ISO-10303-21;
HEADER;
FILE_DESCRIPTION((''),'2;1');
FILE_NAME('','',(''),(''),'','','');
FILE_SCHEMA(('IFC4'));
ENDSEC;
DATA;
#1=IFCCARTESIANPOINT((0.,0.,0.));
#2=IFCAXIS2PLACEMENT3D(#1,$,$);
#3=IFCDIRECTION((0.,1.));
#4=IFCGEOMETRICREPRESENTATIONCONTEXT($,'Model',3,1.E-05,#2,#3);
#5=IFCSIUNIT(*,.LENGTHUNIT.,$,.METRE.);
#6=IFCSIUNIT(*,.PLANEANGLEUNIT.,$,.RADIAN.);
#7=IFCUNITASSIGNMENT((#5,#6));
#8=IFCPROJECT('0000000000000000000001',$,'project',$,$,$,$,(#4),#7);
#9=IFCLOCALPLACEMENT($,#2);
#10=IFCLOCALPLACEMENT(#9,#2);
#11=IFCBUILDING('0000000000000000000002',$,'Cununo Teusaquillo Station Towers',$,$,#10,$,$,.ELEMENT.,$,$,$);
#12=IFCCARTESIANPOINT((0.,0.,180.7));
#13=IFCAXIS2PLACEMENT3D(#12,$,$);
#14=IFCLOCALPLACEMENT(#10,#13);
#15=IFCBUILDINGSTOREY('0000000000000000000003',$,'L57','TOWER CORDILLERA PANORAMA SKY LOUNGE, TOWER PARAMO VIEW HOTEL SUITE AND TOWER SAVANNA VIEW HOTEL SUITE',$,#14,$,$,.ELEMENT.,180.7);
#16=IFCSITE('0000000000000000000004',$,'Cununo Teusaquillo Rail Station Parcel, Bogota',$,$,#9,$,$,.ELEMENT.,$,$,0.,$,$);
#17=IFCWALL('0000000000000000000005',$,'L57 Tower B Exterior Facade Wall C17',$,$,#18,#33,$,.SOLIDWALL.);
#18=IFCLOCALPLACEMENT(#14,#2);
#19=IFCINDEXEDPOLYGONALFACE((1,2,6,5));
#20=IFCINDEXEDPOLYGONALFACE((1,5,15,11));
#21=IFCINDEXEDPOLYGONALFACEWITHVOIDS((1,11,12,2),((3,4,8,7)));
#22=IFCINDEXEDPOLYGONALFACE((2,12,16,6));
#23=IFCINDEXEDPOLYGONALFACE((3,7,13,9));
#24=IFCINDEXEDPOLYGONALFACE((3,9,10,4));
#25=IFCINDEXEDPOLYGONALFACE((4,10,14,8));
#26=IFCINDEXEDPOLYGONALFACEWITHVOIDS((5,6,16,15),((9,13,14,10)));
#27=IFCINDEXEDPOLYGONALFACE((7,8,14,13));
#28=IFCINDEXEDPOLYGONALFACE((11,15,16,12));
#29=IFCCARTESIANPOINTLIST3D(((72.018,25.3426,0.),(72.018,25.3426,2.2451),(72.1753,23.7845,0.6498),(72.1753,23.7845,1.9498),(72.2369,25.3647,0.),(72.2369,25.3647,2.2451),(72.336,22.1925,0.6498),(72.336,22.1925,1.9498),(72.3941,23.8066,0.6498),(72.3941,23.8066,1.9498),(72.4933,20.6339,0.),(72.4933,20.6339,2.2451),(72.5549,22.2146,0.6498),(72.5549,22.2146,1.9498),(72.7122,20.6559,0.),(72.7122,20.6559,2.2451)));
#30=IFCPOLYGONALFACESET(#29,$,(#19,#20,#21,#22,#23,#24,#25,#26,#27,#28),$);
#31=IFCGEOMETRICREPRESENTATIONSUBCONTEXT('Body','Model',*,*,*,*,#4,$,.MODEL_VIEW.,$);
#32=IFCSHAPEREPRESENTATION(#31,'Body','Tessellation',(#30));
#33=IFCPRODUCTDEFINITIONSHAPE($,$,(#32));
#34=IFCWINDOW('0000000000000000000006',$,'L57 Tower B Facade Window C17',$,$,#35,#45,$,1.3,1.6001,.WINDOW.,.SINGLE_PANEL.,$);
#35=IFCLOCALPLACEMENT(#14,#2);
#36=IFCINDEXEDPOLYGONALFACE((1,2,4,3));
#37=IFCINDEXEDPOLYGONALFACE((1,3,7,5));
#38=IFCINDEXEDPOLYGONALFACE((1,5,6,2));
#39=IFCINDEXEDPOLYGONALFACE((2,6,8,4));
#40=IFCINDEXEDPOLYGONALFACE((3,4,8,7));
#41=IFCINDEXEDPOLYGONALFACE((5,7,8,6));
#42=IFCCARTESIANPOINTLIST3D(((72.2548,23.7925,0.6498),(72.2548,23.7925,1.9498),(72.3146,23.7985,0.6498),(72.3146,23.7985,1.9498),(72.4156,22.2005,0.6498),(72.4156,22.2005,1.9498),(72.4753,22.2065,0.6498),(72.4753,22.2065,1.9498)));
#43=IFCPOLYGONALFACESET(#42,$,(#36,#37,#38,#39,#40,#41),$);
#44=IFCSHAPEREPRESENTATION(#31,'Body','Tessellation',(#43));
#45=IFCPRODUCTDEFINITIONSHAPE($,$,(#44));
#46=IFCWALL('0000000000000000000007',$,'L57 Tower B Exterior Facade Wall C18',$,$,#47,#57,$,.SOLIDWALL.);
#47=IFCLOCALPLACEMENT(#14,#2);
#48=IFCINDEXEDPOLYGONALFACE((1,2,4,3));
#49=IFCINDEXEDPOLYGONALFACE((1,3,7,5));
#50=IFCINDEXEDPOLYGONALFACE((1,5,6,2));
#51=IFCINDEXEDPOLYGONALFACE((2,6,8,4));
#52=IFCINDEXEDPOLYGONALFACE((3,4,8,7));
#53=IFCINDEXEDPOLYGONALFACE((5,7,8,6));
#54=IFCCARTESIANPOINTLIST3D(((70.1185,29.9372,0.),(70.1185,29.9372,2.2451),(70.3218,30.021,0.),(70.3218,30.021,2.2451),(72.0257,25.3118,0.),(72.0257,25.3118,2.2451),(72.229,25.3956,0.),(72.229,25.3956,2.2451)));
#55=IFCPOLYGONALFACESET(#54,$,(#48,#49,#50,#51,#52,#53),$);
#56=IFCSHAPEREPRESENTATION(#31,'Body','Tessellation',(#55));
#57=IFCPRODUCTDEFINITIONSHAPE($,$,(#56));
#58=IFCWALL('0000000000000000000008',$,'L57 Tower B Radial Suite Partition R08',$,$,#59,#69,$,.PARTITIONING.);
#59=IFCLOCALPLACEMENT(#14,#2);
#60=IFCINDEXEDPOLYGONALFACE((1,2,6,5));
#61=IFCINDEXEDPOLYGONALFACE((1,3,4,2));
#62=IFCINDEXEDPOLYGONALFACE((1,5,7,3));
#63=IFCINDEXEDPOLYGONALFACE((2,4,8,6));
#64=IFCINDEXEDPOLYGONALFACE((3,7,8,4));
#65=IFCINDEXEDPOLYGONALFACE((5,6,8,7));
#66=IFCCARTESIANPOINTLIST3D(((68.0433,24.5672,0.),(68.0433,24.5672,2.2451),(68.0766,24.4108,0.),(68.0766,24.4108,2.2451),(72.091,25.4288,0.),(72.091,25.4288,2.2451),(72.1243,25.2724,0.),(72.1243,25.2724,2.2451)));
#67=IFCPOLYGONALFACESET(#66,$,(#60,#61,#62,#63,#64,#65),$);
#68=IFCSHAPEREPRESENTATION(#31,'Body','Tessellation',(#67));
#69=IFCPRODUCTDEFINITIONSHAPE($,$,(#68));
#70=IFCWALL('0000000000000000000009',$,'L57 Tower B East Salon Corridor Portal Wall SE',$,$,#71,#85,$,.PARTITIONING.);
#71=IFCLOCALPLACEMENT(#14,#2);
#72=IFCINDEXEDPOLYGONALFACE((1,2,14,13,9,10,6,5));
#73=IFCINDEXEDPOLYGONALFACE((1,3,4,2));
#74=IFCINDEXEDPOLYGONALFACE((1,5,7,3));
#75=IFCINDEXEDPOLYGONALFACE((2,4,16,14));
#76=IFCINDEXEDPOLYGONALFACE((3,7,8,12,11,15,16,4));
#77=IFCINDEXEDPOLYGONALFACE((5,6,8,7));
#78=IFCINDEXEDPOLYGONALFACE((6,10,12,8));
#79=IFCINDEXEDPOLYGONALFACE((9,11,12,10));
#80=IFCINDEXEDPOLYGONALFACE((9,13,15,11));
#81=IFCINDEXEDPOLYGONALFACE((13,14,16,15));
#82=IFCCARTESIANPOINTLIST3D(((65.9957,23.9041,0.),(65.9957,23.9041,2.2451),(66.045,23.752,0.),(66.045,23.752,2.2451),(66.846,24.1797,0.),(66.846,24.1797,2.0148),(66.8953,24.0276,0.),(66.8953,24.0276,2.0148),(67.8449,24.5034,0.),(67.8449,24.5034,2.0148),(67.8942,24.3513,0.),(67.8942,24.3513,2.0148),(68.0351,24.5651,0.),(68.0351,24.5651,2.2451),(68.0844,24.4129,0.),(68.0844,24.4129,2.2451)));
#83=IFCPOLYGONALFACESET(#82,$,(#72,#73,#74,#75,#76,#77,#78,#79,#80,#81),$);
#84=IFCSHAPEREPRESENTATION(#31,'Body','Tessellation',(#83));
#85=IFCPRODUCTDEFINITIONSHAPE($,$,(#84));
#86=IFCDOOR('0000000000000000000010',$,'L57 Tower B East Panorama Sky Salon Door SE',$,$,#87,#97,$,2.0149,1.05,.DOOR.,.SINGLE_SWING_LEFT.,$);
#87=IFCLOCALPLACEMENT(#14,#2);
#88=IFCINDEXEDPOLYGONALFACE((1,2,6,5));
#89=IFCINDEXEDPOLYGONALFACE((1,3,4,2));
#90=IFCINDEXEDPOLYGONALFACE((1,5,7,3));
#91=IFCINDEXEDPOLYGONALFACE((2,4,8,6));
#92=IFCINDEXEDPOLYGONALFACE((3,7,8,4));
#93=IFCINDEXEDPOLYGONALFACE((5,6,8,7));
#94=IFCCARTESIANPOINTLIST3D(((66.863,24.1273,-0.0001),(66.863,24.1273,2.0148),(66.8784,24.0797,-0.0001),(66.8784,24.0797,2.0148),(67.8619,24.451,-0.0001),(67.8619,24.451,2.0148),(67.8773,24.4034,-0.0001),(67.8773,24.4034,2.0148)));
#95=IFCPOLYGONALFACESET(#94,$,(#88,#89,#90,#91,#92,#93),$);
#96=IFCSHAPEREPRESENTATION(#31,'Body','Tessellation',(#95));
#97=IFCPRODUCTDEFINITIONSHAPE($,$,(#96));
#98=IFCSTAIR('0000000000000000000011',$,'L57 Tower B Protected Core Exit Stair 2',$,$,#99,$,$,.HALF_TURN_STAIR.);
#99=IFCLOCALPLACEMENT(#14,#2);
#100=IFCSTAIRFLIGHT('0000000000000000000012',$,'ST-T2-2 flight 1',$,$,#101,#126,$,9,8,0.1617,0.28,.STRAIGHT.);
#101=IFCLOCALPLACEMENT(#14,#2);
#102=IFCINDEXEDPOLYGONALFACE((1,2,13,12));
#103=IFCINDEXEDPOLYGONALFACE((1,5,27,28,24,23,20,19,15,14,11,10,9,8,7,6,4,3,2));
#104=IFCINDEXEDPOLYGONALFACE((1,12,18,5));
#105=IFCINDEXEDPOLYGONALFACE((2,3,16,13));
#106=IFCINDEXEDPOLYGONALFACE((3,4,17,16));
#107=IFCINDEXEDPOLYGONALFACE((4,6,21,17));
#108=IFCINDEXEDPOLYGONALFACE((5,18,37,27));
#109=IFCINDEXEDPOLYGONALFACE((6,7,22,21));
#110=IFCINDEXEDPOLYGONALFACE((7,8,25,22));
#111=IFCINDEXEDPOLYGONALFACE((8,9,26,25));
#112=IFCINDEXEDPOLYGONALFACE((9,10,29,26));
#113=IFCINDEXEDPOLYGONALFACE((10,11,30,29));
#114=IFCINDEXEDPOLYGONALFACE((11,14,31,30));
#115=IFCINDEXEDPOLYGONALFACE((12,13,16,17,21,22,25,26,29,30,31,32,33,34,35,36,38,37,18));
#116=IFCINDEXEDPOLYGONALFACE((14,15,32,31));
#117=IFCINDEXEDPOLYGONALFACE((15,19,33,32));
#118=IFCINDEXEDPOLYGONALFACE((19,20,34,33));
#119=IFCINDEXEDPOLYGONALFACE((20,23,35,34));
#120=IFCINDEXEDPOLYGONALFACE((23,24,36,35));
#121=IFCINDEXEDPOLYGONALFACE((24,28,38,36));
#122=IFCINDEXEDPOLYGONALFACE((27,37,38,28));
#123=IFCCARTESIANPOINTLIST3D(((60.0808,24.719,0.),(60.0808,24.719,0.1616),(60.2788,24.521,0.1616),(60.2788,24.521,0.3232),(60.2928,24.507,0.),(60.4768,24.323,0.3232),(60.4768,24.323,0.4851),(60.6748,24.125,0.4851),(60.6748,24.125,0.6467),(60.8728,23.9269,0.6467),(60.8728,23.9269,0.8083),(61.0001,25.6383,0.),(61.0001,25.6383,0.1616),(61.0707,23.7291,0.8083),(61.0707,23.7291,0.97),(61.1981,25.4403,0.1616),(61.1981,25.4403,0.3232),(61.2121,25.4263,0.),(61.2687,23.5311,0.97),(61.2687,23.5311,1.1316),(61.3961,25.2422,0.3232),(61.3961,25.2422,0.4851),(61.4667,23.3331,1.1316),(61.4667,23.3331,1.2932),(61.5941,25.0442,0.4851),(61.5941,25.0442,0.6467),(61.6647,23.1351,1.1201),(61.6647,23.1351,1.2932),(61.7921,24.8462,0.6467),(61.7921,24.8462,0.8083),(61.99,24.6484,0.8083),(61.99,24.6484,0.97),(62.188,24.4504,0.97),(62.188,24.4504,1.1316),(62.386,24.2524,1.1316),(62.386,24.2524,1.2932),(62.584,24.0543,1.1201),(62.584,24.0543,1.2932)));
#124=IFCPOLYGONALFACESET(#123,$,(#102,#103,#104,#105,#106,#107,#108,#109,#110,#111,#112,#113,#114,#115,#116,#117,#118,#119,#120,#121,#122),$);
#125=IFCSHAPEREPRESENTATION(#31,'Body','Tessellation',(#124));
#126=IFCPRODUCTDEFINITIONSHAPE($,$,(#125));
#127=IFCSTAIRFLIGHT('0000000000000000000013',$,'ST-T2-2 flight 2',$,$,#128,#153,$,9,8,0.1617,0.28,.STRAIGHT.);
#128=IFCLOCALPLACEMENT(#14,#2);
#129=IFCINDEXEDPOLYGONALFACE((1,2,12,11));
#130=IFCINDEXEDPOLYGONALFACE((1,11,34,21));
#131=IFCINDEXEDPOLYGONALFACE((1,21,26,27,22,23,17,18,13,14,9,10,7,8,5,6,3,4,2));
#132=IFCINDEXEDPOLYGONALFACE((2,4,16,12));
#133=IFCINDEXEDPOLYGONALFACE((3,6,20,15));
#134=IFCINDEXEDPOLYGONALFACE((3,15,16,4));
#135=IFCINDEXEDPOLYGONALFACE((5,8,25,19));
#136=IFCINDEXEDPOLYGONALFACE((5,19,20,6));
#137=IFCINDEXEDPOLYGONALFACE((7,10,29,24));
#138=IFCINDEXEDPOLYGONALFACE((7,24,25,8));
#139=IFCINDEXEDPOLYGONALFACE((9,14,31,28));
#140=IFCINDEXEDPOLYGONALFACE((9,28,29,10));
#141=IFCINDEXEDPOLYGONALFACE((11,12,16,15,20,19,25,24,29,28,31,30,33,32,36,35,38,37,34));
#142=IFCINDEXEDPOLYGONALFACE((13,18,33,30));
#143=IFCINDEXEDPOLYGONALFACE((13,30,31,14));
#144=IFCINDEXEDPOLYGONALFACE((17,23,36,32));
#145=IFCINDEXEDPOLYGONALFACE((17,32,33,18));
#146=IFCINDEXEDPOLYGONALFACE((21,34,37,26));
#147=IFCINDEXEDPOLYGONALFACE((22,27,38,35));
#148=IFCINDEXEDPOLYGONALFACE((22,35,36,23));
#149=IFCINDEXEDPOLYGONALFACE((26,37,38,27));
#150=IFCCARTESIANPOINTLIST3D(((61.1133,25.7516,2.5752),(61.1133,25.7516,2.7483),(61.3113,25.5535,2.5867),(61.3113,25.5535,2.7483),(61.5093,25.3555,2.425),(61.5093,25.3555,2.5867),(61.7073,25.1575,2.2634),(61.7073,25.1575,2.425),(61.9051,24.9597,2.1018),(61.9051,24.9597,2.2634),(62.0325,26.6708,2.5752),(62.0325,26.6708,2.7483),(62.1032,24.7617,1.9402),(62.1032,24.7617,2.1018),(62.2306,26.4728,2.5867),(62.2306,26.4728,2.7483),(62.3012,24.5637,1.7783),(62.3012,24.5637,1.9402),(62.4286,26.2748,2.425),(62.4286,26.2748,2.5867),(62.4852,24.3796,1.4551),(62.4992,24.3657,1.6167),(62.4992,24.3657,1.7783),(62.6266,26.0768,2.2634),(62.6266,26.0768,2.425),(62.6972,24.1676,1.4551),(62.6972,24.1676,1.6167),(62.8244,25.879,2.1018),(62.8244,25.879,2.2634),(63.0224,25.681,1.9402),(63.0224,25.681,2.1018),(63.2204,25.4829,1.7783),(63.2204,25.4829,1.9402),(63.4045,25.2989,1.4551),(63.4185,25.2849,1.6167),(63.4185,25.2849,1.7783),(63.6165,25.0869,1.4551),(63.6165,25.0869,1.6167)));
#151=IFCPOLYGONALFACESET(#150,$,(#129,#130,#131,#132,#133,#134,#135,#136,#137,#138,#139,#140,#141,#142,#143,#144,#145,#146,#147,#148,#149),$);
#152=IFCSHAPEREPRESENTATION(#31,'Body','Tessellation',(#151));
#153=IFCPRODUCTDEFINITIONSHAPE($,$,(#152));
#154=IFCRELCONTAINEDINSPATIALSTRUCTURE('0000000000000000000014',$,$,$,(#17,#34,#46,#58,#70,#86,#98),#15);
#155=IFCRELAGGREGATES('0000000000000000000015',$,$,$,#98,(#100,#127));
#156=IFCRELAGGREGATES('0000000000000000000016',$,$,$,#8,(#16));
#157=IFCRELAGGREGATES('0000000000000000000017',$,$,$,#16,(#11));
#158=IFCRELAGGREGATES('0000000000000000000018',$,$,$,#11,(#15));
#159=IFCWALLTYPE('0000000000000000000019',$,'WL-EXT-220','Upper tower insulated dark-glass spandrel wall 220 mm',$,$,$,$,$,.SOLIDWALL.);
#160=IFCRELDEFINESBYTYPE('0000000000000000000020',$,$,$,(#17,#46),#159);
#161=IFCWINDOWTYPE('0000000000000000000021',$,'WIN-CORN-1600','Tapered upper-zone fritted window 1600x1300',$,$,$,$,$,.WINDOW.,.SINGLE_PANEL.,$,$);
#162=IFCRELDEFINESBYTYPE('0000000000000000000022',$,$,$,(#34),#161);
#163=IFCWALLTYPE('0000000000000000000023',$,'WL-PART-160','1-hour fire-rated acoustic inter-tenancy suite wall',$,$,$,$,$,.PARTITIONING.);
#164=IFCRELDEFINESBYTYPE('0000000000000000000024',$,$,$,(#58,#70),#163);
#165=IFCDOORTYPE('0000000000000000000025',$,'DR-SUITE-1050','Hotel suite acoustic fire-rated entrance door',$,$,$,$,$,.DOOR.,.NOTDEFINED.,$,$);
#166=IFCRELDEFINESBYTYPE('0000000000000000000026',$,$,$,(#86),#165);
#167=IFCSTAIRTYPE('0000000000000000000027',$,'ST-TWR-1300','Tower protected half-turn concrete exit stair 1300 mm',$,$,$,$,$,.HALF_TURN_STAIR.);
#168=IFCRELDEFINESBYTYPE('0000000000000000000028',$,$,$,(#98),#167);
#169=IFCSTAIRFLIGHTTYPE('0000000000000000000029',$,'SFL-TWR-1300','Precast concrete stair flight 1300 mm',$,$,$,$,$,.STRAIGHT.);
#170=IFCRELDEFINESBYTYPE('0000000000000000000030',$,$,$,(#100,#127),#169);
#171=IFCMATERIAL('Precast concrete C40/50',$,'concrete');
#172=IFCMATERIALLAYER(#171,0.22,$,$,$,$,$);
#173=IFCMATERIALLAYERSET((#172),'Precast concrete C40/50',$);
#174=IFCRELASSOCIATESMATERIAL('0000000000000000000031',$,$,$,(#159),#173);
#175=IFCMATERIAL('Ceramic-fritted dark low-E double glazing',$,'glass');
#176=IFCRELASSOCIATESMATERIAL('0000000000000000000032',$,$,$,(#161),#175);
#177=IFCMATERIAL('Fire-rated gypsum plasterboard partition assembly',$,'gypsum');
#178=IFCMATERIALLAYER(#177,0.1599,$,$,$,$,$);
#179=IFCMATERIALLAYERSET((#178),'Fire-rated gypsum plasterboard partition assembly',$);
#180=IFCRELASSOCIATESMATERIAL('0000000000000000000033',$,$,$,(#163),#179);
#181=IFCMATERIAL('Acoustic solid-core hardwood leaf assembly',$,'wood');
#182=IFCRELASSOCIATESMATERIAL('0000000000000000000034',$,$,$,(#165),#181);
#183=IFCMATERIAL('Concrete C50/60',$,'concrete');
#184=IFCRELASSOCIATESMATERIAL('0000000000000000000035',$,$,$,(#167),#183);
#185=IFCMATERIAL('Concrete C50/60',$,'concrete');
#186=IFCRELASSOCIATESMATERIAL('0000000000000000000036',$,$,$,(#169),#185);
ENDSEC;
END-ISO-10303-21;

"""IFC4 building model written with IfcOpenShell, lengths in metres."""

from ifc_helpers import new_model, si_unit, direction, frame, frame_2d, origin, place, context, subcontext, project, spatial, polyline, rectangle, outline, extrude, source, transform, mapped, material, layer, layer_set, type_object, element, fill, aggregate, save


model = new_model("IFC4")

# Units and contexts
model_context = context("Model", 3, precision=1e-05, world=origin(), true_north=direction((0.0, 1.0)))
body_context = subcontext(model_context, "Body", "Model", "MODEL_VIEW")
ifc_project = project(units=[si_unit("LENGTHUNIT", "METRE"), si_unit("PLANEANGLEUNIT", "RADIAN")], contexts=[model_context])

# Site, building, storey
site_placement = place(None, origin())
site = spatial("IfcSite", under=ifc_project, at=site_placement, Name="Cununo Teusaquillo Rail Station Parcel, Bogota", CompositionType="ELEMENT", RefElevation=0.0)
building_placement = place(site_placement, origin())
building = spatial("IfcBuilding", under=site, at=building_placement, Name="Cununo Teusaquillo Station Towers", CompositionType="ELEMENT")
storey_placement = place(building_placement, frame((0.0, 0.0, 180.7)))
storey = spatial("IfcBuildingStorey", under=building, at=storey_placement, Name="L57", Description="TOWER CORDILLERA PANORAMA SKY LOUNGE, TOWER PARAMO VIEW HOTEL SUITE AND TOWER SAVANNA VIEW HOTEL SUITE", CompositionType="ELEMENT", Elevation=180.7)

# Wall, opening, window
ifc_material_1 = material(Name="Precast concrete C40/50", Category="concrete")
ifc_layer_1 = layer(ifc_material_1, 0.22)
ifc_layer_set_1 = layer_set([ifc_layer_1], Name="Precast concrete C40/50")
wall_type_1 = type_object("IfcWallType", Name="WL-EXT-220", Description="Upper tower insulated dark-glass spandrel wall 220 mm", PredefinedType="SOLIDWALL", material=ifc_layer_set_1)
wall_1_placement = place(storey_placement, frame((72.1274, 25.3535, 0.0), z_axis=(0.0, 0.0, 1.0), x_axis=(0.100438, -0.994943, 0.0)))
wall_1 = element("IfcWall", 1, at=wall_1_placement, inside=storey, type_object=wall_type_1, Name="L57 Tower B Exterior Facade Wall C17", PredefinedType="SOLIDWALL", context=body_context, shape_type="SweptSolid", body=[
    extrude(rectangle(XDim=4.7327, YDim=0.22, at=frame_2d((2.3662, 0.0))), origin(), (0.0, 0.0, 1.0), 2.2451),
])
shared_shape_1 = source(origin(), body_context, "Body", "SweptSolid", [
    extrude(rectangle(XDim=1.6001, YDim=1.3, at=frame_2d((0.8, 0.6499))), frame((0.0, 0.1199, 0.0), z_axis=(0.0, -1.0, 0.0), x_axis=(1.0, 0.0, 0.0)), (0.0, 0.0, 1.0), 0.24),
])
opening_1_placement = place(wall_1_placement, frame((1.5659, 0.0, 0.6499)))
opening_1 = element("IfcOpeningElement", 2, at=opening_1_placement, cuts=wall_1, PredefinedType="OPENING", context=body_context, shape_type="MappedRepresentation", body=[
    mapped(shared_shape_1, transform((0.0, 0.0, 0.0), x_axis=(1.0, 0.0, 0.0), y_axis=(0.0, 1.0, 0.0), z_axis=(0.0, 0.0, 1.0), scale=1.0)),
])
ifc_material_2 = material(Name="Ceramic-fritted dark low-E double glazing", Category="glass")
window_type = type_object("IfcWindowType", Name="WIN-CORN-1600", Description="Tapered upper-zone fritted window 1600x1300", PartitioningType="SINGLE_PANEL", PredefinedType="WINDOW", material=ifc_material_2)
shared_shape_2 = source(origin(), body_context, "Body", "SweptSolid", [
    extrude(rectangle(XDim=1.6001, YDim=1.3, at=frame_2d((0.8, 0.6499))), frame((0.0, 0.03, 0.0), z_axis=(0.0, -1.0, 0.0), x_axis=(1.0, 0.0, 0.0)), (0.0, 0.0, 1.0), 0.0601),
])
window_placement = place(opening_1_placement, origin())
window = element("IfcWindow", 3, at=window_placement, inside=storey, type_object=window_type, Name="L57 Tower B Facade Window C17", OverallHeight=1.3, OverallWidth=1.6001, PartitioningType="SINGLE_PANEL", PredefinedType="WINDOW", context=body_context, shape_type="MappedRepresentation", body=[
    mapped(shared_shape_2, transform((0.0, 0.0, 0.0), x_axis=(1.0, 0.0, 0.0), y_axis=(0.0, 1.0, 0.0), z_axis=(0.0, 0.0, 1.0), scale=1.0)),
])
fill(opening_1, window)

# Walls
wall_2_placement = place(storey_placement, frame((70.2202, 29.979, 0.0), z_axis=(0.0, 0.0, 1.0), x_axis=(0.381196, -0.924494, 0.0)))
element("IfcWall", 4, at=wall_2_placement, inside=storey, type_object=wall_type_1, Name="L57 Tower B Exterior Facade Wall C18", PredefinedType="SOLIDWALL", context=body_context, shape_type="SweptSolid", body=[
    extrude(rectangle(XDim=5.0032, YDim=0.22, at=frame_2d((2.5015, 0.0))), origin(), (0.0, 0.0, 1.0), 2.2451),
])
ifc_material_3 = material(Name="Fire-rated gypsum plasterboard partition assembly", Category="gypsum")
ifc_layer_2 = layer(ifc_material_3, 0.1599)
ifc_layer_set_2 = layer_set([ifc_layer_2], Name="Fire-rated gypsum plasterboard partition assembly")
wall_type_2 = type_object("IfcWallType", Name="WL-PART-160", Description="1-hour fire-rated acoustic inter-tenancy suite wall", PredefinedType="PARTITIONING", material=ifc_layer_set_2)
wall_3_placement = place(storey_placement, frame((68.0598, 24.489, 0.0), z_axis=(0.0, 0.0, 1.0), x_axis=(0.97809, 0.208183, 0.0)))
element("IfcWall", 5, at=wall_3_placement, inside=storey, type_object=wall_type_2, Name="L57 Tower B Radial Suite Partition R08", PredefinedType="PARTITIONING", context=body_context, shape_type="SweptSolid", body=[
    extrude(rectangle(XDim=4.1384, YDim=0.1599, at=frame_2d((2.0693, 0.0))), origin(), (0.0, 0.0, 1.0), 2.2451),
])

# Wall, opening, door
wall_4_placement = place(storey_placement, frame((66.0205, 23.8281, 0.0), z_axis=(0.0, 0.0, 1.0), x_axis=(0.951292, 0.30829, 0.0)))
wall_4 = element("IfcWall", 6, at=wall_4_placement, inside=storey, type_object=wall_type_2, Name="L57 Tower B East Salon Corridor Portal Wall SE", PredefinedType="PARTITIONING", context=body_context, shape_type="SweptSolid", body=[
    extrude(rectangle(XDim=2.1438, YDim=0.1599, at=frame_2d((1.0718, 0.0))), origin(), (0.0, 0.0, 1.0), 2.2451),
])
shared_shape_3 = source(origin(), body_context, "Body", "SweptSolid", [
    extrude(rectangle(XDim=1.05, YDim=2.0149, at=frame_2d((0.5249, 1.0073))), frame((0.0, 0.0898, 0.0), z_axis=(0.0, -1.0, 0.0), x_axis=(1.0, 0.0, 0.0)), (0.0, 0.0, 1.0), 0.1799),
])
opening_2_placement = place(wall_4_placement, frame((0.8938, 0.0, 0.0)))
opening_2 = element("IfcOpeningElement", 7, at=opening_2_placement, cuts=wall_4, PredefinedType="OPENING", context=body_context, shape_type="MappedRepresentation", body=[
    mapped(shared_shape_3, transform((0.0, 0.0, 0.0), x_axis=(1.0, 0.0, 0.0), y_axis=(0.0, 1.0, 0.0), z_axis=(0.0, 0.0, 1.0), scale=1.0)),
])
ifc_material_4 = material(Name="Acoustic solid-core hardwood leaf assembly", Category="wood")
door_type = type_object("IfcDoorType", Name="DR-SUITE-1050", Description="Hotel suite acoustic fire-rated entrance door", OperationType="NOTDEFINED", PredefinedType="DOOR", material=ifc_material_4)
shared_shape_4 = source(origin(), body_context, "Body", "SweptSolid", [
    extrude(rectangle(XDim=1.05, YDim=2.0149, at=frame_2d((0.5249, 1.0073))), frame((0.0, 0.0249, 0.0), z_axis=(0.0, -1.0, 0.0), x_axis=(1.0, 0.0, 0.0)), (0.0, 0.0, 1.0), 0.05),
])
door_placement = place(opening_2_placement, origin())
door = element("IfcDoor", 8, at=door_placement, inside=storey, type_object=door_type, Name="L57 Tower B East Panorama Sky Salon Door SE", OperationType="SINGLE_SWING_LEFT", OverallHeight=2.0149, OverallWidth=1.05, PredefinedType="DOOR", context=body_context, shape_type="MappedRepresentation", body=[
    mapped(shared_shape_4, transform((0.0, 0.0, 0.0), x_axis=(1.0, 0.0, 0.0), y_axis=(0.0, 1.0, 0.0), z_axis=(0.0, 0.0, 1.0), scale=1.0)),
])
fill(opening_2, door)

# Stair, stair flights
ifc_material_5 = material(Name="Concrete C50/60", Category="concrete")
stair_type = type_object("IfcStairType", Name="ST-TWR-1300", Description="Tower protected half-turn concrete exit stair 1300 mm", PredefinedType="HALF_TURN_STAIR", material=ifc_material_5)
stair_placement = place(storey_placement, origin())
stair = element("IfcStair", 9, at=stair_placement, inside=storey, type_object=stair_type, Name="L57 Tower B Protected Core Exit Stair 2", PredefinedType="HALF_TURN_STAIR")
ifc_material_6 = material(Name="Concrete C50/60", Category="concrete")
stair_flight_type = type_object("IfcStairFlightType", Name="SFL-TWR-1300", Description="Precast concrete stair flight 1300 mm", PredefinedType="STRAIGHT", material=ifc_material_6)
stair_flight_1_placement = place(storey_placement, frame((60.5405, 25.1787, 0.0), z_axis=(0.0, 0.0, 1.0), x_axis=(0.707107, -0.707107, 0.0)))
stair_flight_1 = element("IfcStairFlight", 10, at=stair_flight_1_placement, type_object=stair_flight_type, Name="ST-T2-2 flight 1", NumberOfRisers=9, NumberOfTreads=8, PredefinedType="STRAIGHT", RiserHeight=0.1617, TreadLength=0.28, context=body_context, shape_type="SweptSolid", body=[
    extrude(outline(polyline([(0.0, 0.0), (0.0, 0.1616), (0.28, 0.1616), (0.28, 0.3232), (0.5601, 0.3232), (0.5601, 0.4851), (0.8401, 0.4851), (0.8401, 0.6467), (1.1201, 0.6467), (1.1201, 0.8083), (1.3999, 0.8083), (1.3999, 0.97), (1.6799, 0.97), (1.6799, 1.1316), (1.96, 1.1316), (1.96, 1.2932), (2.24, 1.2932), (2.24, 1.4551), (2.24, 1.1201), (0.2998, 0.0), (0.0, 0.0)])), frame((0.0, 0.6499, 0.0), z_axis=(0.0, -1.0, 0.0), x_axis=(1.0, 0.0, 0.0)), (0.0, 0.0, 1.0), 1.3),
])
stair_flight_2_placement = place(storey_placement, frame((63.1567, 24.6272, 1.4551), z_axis=(0.0, 0.0, 1.0), x_axis=(-0.707107, 0.707107, 0.0)))
stair_flight_2 = element("IfcStairFlight", 11, at=stair_flight_2_placement, type_object=stair_flight_type, Name="ST-T2-2 flight 2", NumberOfRisers=9, NumberOfTreads=8, PredefinedType="STRAIGHT", RiserHeight=0.1617, TreadLength=0.28, context=body_context, shape_type="SweptSolid", body=[
    extrude(outline(polyline([(0.0, 0.0), (0.0, 0.1616), (0.28, 0.1616), (0.28, 0.3232), (0.5601, 0.3232), (0.5601, 0.4851), (0.8401, 0.4851), (0.8401, 0.6467), (1.1201, 0.6467), (1.1201, 0.8083), (1.3999, 0.8083), (1.3999, 0.97), (1.6799, 0.97), (1.6799, 1.1316), (1.96, 1.1316), (1.96, 1.2932), (2.24, 1.2932), (2.24, 1.4551), (2.24, 1.1201), (0.2998, 0.0), (0.0, 0.0)])), frame((0.0, 0.6499, 0.0), z_axis=(0.0, -1.0, 0.0), x_axis=(1.0, 0.0, 0.0)), (0.0, 0.0, 1.0), 1.3),
])
aggregate(stair, [stair_flight_1, stair_flight_2])

save(model, "model.ifc")
